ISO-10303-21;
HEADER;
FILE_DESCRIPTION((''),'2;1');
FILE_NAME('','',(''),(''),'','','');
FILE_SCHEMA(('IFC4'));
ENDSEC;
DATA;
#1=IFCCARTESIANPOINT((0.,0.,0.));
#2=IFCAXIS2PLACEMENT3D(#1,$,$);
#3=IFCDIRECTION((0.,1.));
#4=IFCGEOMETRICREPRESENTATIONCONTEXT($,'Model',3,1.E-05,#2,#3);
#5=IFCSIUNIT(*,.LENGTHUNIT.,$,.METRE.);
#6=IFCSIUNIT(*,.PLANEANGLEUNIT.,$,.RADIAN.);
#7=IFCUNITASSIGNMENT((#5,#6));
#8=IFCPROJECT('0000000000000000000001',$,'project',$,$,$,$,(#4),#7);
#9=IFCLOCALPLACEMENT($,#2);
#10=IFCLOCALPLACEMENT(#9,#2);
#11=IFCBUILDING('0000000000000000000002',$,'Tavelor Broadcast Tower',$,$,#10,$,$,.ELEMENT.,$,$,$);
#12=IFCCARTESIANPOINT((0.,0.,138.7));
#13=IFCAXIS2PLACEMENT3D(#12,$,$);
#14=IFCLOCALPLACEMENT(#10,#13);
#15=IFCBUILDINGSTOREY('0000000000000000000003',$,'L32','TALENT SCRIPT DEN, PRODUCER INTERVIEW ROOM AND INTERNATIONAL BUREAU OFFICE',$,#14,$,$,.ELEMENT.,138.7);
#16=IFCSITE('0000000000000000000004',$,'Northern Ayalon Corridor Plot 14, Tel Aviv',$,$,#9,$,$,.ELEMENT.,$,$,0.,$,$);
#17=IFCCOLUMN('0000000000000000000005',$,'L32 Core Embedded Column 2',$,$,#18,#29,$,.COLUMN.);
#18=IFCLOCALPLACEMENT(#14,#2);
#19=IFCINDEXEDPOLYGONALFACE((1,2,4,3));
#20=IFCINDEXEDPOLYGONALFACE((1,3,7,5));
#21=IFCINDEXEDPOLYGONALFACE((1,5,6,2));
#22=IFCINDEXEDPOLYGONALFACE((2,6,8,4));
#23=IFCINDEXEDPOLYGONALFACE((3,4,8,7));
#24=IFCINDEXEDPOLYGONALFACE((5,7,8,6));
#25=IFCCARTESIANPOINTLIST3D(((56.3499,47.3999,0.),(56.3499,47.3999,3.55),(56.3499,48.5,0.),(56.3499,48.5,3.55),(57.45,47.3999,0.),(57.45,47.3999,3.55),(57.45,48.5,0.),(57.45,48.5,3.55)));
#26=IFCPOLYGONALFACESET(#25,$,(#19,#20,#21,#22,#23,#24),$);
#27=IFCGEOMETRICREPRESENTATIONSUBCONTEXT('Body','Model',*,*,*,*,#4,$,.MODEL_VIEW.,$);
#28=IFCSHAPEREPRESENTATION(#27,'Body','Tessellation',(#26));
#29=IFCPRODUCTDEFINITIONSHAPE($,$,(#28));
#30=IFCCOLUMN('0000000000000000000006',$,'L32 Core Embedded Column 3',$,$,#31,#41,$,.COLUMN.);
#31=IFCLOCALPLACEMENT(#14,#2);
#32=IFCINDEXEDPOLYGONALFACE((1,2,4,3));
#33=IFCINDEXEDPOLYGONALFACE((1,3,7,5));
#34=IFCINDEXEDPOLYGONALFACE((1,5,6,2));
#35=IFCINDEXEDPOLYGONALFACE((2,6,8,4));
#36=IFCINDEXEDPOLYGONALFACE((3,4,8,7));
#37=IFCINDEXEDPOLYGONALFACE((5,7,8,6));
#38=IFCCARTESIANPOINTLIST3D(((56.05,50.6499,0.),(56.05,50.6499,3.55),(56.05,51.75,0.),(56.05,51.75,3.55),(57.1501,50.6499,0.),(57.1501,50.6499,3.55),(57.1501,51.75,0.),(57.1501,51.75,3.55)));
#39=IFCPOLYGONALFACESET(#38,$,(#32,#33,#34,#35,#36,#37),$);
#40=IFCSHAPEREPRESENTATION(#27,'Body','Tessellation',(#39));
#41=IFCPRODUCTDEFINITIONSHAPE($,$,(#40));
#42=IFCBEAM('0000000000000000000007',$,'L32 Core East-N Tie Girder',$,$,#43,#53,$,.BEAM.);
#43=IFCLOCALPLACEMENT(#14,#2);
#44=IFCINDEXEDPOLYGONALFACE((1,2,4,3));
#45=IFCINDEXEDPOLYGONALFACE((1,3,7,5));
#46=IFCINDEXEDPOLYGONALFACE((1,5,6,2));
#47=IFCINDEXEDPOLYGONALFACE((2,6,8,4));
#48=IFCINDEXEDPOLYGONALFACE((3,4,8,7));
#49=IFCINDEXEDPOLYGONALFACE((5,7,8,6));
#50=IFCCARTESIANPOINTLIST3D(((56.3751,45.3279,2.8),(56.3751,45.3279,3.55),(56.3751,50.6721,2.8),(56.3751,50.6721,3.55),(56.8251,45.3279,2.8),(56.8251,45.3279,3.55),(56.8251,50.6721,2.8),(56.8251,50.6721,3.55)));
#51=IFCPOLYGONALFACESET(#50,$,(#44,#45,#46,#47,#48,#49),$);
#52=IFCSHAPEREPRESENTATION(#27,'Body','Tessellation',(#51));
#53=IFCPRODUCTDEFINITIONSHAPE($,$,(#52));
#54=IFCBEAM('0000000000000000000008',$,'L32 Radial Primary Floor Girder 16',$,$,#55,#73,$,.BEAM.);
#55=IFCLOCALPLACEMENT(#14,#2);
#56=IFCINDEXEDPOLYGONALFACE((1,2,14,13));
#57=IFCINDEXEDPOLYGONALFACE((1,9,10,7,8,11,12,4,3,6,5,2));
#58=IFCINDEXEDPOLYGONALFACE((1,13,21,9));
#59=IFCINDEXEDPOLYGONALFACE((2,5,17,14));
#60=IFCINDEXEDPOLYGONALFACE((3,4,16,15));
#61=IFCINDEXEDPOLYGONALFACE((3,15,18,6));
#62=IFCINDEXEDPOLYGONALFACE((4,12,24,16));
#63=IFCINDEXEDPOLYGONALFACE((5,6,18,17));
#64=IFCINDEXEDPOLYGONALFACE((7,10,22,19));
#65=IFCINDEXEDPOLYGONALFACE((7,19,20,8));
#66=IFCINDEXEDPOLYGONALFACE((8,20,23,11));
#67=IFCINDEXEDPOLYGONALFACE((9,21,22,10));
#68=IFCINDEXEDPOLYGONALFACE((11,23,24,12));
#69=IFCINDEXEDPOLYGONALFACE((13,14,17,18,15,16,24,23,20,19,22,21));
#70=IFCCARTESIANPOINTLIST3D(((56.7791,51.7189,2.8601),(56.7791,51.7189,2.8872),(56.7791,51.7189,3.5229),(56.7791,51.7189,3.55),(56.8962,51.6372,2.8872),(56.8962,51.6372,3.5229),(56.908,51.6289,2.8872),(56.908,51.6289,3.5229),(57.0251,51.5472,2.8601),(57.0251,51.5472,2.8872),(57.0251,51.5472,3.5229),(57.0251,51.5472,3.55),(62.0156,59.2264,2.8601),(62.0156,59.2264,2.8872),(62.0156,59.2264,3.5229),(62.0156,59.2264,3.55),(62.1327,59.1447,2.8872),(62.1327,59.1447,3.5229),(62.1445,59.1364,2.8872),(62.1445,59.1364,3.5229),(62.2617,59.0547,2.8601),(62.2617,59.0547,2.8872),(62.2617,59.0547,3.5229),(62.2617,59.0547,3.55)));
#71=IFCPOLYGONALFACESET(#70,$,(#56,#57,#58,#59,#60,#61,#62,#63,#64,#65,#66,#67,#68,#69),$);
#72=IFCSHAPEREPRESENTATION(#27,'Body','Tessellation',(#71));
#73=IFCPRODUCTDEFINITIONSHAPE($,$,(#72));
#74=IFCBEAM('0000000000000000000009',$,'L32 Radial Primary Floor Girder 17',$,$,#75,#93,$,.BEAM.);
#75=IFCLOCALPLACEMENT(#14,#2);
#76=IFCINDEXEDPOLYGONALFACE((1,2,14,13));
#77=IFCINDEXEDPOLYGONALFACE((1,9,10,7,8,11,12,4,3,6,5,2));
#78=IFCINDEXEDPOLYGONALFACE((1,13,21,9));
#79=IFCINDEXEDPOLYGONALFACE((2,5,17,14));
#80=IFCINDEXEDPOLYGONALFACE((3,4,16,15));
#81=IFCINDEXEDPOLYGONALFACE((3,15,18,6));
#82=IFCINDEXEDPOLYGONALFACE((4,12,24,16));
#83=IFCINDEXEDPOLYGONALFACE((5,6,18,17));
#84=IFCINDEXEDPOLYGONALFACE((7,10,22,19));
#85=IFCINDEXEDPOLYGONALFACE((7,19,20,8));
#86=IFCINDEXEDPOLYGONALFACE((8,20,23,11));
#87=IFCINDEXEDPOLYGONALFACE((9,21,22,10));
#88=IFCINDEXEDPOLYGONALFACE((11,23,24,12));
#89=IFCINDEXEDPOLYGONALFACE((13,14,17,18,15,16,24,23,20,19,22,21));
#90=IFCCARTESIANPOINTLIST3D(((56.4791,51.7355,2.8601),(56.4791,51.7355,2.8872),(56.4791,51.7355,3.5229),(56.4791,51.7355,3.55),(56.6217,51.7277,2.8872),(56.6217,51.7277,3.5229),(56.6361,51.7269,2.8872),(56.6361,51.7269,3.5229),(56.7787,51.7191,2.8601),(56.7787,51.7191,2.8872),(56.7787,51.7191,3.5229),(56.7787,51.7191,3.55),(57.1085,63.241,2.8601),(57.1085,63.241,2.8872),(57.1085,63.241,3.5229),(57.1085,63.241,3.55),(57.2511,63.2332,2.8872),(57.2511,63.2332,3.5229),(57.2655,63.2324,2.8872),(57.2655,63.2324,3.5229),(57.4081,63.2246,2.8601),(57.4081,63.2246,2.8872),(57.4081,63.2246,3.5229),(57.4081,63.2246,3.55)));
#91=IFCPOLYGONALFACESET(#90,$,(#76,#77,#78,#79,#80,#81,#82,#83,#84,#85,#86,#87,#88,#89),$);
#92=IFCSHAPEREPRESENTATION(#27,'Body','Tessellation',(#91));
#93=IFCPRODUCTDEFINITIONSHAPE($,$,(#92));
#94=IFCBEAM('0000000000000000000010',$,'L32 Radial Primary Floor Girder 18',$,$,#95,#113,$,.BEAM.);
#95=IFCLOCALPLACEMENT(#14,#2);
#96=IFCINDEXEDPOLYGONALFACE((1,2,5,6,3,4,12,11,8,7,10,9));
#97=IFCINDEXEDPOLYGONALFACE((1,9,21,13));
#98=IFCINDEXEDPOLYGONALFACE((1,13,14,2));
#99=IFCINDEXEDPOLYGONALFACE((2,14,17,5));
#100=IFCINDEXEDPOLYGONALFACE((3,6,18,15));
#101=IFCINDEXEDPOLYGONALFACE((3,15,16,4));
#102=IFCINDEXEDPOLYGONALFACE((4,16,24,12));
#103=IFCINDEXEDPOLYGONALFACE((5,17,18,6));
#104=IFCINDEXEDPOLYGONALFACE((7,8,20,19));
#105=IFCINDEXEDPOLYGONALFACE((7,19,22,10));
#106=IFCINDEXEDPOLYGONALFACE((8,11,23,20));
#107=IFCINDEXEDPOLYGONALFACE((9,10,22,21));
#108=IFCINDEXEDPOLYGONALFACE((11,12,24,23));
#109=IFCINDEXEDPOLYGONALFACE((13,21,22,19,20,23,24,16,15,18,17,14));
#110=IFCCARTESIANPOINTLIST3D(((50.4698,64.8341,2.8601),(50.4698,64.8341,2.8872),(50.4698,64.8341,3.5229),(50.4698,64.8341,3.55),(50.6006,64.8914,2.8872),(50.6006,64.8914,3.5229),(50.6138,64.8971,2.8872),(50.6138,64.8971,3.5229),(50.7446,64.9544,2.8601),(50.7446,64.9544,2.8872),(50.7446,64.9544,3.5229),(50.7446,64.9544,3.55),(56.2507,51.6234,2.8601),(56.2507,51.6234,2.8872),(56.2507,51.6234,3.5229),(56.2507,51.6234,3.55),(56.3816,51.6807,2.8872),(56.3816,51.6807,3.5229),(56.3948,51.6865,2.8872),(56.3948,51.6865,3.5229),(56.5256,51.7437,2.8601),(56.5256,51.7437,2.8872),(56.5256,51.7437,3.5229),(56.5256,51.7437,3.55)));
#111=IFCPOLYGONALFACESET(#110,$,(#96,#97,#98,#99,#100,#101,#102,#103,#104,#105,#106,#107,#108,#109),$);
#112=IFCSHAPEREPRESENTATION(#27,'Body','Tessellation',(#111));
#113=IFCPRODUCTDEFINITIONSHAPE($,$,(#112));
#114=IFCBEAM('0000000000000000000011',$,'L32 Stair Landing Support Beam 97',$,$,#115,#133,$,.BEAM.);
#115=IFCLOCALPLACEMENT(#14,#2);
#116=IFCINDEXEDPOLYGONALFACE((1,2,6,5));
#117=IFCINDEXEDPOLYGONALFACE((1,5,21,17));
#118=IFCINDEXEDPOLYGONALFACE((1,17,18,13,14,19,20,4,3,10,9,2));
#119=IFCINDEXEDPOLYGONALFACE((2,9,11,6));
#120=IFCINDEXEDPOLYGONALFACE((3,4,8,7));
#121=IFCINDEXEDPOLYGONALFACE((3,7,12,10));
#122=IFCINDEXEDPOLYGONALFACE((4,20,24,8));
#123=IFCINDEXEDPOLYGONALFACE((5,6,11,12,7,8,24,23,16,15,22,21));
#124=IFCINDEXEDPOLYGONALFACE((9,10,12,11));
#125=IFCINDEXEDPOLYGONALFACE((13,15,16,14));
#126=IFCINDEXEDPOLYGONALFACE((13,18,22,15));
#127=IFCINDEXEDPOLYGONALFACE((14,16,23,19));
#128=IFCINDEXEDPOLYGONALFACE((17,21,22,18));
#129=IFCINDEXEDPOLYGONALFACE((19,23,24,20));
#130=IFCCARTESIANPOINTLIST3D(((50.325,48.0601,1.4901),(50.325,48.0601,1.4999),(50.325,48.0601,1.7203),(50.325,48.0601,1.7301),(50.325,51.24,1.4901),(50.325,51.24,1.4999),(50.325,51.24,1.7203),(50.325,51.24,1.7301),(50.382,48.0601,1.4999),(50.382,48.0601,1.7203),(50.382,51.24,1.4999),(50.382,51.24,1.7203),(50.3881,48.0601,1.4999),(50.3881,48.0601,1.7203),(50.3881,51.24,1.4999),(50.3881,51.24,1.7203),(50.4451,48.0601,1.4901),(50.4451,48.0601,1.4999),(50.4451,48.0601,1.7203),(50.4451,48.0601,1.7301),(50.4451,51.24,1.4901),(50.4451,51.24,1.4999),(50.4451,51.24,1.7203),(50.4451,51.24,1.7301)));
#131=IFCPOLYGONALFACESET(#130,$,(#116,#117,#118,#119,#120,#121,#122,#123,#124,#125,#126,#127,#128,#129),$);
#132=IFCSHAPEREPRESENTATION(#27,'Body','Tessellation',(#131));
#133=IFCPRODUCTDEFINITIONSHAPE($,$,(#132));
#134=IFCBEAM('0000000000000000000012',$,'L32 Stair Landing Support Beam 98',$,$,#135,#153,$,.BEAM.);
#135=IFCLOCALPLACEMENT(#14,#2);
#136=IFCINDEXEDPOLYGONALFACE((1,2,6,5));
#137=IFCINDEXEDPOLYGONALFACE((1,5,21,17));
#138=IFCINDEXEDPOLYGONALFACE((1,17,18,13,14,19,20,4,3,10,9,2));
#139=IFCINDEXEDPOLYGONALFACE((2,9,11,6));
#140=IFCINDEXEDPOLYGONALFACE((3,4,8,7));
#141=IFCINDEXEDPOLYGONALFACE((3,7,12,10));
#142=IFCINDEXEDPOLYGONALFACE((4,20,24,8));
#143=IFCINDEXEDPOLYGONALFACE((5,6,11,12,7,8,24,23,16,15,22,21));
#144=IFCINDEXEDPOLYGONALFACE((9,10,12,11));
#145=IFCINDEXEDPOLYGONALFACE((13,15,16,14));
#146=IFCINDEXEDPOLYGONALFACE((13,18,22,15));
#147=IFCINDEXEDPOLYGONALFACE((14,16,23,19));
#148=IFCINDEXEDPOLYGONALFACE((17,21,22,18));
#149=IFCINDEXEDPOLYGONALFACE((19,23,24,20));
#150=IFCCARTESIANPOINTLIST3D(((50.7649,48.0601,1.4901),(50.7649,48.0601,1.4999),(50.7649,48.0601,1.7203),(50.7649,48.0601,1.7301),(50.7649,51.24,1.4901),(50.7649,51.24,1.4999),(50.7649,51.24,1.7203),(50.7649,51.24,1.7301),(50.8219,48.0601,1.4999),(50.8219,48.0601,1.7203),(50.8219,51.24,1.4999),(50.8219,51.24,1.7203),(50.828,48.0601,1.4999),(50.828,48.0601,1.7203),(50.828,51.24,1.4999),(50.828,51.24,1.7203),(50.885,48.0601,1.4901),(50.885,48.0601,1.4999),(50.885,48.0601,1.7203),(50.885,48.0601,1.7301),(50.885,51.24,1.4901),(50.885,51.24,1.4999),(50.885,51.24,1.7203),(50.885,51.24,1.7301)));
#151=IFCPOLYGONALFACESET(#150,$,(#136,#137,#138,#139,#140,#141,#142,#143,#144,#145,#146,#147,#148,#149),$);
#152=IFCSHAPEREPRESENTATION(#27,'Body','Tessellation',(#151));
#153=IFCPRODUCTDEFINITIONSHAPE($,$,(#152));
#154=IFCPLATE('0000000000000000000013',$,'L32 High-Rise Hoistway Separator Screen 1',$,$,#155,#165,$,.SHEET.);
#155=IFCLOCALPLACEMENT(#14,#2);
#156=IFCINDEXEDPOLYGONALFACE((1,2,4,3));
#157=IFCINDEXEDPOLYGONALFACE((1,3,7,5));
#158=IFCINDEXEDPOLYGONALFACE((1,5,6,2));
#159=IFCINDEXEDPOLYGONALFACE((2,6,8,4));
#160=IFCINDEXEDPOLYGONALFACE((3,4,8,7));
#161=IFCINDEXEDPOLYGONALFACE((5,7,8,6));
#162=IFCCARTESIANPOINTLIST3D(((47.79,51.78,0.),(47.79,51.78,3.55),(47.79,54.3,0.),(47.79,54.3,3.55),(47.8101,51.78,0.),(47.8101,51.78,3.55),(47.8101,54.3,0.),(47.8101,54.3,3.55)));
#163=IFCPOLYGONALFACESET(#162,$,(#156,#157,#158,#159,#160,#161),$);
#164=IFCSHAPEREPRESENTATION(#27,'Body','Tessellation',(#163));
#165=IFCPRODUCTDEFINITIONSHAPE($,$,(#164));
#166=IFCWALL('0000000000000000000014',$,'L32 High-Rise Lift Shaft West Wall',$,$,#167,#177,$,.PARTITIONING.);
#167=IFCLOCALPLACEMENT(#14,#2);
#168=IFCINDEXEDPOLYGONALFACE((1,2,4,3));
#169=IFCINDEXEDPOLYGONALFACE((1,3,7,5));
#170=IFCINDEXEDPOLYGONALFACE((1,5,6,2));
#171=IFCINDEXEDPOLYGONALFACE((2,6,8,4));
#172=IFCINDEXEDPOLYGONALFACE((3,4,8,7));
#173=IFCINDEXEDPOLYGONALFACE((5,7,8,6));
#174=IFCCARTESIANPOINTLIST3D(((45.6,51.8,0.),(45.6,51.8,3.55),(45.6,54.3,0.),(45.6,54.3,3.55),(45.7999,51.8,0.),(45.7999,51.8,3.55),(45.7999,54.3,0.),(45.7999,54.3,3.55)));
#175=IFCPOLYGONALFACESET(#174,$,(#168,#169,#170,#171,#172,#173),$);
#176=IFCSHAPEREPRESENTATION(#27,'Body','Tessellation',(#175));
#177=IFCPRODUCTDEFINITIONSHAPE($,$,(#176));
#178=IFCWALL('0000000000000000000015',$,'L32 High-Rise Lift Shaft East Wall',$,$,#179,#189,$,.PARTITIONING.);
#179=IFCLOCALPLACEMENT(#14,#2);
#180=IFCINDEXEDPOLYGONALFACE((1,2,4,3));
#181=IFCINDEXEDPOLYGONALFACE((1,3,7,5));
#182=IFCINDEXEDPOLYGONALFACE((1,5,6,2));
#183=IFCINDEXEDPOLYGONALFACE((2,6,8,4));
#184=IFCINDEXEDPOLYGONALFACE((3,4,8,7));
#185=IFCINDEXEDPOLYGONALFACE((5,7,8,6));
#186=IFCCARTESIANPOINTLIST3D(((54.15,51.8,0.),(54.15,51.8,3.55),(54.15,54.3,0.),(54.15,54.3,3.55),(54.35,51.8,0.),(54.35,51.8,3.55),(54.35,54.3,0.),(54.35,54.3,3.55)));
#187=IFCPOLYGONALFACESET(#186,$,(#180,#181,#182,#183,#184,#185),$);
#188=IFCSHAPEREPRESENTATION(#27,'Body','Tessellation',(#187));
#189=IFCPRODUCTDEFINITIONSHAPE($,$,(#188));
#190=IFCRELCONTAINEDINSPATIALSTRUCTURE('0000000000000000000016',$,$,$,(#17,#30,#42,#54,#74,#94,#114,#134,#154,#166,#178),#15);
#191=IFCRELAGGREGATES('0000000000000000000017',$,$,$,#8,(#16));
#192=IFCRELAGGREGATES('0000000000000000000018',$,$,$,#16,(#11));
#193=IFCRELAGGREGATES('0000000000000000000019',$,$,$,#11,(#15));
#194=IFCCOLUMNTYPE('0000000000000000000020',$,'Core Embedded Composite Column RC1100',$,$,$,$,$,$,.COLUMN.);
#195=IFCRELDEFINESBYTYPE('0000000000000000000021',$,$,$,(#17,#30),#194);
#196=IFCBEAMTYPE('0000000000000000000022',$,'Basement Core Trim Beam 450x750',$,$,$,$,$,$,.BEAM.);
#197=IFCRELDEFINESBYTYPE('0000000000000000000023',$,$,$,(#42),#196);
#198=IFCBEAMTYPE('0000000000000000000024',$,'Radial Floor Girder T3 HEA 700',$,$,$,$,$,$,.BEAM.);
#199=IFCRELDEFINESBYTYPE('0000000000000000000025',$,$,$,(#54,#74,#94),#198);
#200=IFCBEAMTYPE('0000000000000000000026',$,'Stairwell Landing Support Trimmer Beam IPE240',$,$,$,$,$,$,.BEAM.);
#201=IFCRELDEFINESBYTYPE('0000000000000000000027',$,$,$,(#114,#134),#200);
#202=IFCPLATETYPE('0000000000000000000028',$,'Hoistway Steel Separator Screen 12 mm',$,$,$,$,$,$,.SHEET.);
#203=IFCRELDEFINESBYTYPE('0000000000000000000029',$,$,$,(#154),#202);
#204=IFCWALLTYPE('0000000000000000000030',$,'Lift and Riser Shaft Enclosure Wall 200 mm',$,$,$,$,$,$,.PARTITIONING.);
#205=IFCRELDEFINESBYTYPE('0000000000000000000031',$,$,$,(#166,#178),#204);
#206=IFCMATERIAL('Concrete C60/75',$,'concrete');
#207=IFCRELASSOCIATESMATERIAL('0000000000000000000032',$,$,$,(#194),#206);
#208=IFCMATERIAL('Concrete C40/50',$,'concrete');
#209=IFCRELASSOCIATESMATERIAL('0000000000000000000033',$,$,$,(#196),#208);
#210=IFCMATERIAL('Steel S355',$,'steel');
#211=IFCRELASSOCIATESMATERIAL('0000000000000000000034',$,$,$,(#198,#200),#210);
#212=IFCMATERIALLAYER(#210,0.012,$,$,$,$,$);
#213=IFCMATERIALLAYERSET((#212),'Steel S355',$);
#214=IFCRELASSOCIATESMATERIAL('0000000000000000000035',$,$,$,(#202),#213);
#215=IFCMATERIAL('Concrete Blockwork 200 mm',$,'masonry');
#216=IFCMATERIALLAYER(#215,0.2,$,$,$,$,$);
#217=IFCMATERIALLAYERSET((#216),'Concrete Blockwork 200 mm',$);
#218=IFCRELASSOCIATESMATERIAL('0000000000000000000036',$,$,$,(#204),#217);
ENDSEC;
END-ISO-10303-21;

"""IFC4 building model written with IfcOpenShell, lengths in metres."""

from ifc_helpers import new_model, si_unit, direction, frame, frame_2d, origin, origin_2d, place, context, subcontext, project, spatial, rectangle, i_section, extrude, source, transform, mapped, material, layer, layer_set, material_profile, profile_set, type_object, type_shapes, element, save


model = new_model("IFC4")

# Units and contexts
model_context = context("Model", 3, precision=1e-05, world=origin(), true_north=direction((0.0, 1.0)))
body_context = subcontext(model_context, "Body", "Model", "MODEL_VIEW")
ifc_project = project(units=[si_unit("LENGTHUNIT", "METRE"), si_unit("PLANEANGLEUNIT", "RADIAN")], contexts=[model_context])

# Site, building, storey
site_placement = place(None, origin())
site = spatial("IfcSite", under=ifc_project, at=site_placement, Name="Northern Ayalon Corridor Plot 14, Tel Aviv", CompositionType="ELEMENT", RefElevation=0.0)
building_placement = place(site_placement, origin())
building = spatial("IfcBuilding", under=site, at=building_placement, Name="Tavelor Broadcast Tower", CompositionType="ELEMENT")
storey_placement = place(building_placement, frame((0.0, 0.0, 138.7)))
storey = spatial("IfcBuildingStorey", under=building, at=storey_placement, Name="L32", Description="TALENT SCRIPT DEN, PRODUCER INTERVIEW ROOM AND INTERNATIONAL BUREAU OFFICE", CompositionType="ELEMENT", Elevation=138.7)

# Columns
ifc_material_1 = material(Name="Concrete C60/75", Category="concrete")
ifc_material_profile_1 = material_profile(ifc_material_1, rectangle(XDim=1.1001, YDim=1.1001, at=origin_2d()), Name="RC 1100x1100")
ifc_profile_set_1 = profile_set([ifc_material_profile_1], Name="Concrete C60/75")
column_type = type_object("IfcColumnType", Name="Core Embedded Composite Column RC1100", PredefinedType="COLUMN", material=ifc_profile_set_1)
for number, where, z_axis, x_axis, name in (
    (1, (56.8999, 47.95, 0.0), (0.0, 0.0, 1.0), (1.0, 0.0, 0.0), "L32 Core Embedded Column 2"),
    (2, (56.6001, 51.2, 0.0), (0.0, 0.0, 1.0), (1.0, 0.0, 0.0), "L32 Core Embedded Column 3"),
):
    element("IfcColumn", number, at=place(storey_placement, frame(where, z_axis=z_axis, x_axis=x_axis)), inside=storey, type_object=column_type, Name=name, PredefinedType="COLUMN", context=body_context, shape_type="SweptSolid", body=[
        extrude(rectangle(XDim=1.1001, YDim=1.1001, at=origin_2d()), origin(), (0.0, 0.0, 1.0), 3.55),
    ])

# Beams
ifc_material_2 = material(Name="Concrete C40/50", Category="concrete")
ifc_material_profile_2 = material_profile(ifc_material_2, rectangle(XDim=0.45, YDim=0.75, at=origin_2d()), Name="RC 450x750")
ifc_profile_set_2 = profile_set([ifc_material_profile_2], Name="Concrete C40/50")
beam_type_1 = type_object("IfcBeamType", Name="Basement Core Trim Beam 450x750", PredefinedType="BEAM", material=ifc_profile_set_2)
beam_1_placement = place(storey_placement, frame((56.6001, 45.3279, 3.175), z_axis=(0.0, 1.0, 0.0), x_axis=(-1.0, 0.0, 0.0)))
element("IfcBeam", 3, at=beam_1_placement, inside=storey, type_object=beam_type_1, Name="L32 Core East-N Tie Girder", PredefinedType="BEAM", context=body_context, shape_type="SweptSolid", body=[
    extrude(rectangle(XDim=0.45, YDim=0.75, at=origin_2d()), origin(), (0.0, 0.0, 1.0), 5.3442),
])
ifc_material_3 = material(Name="Steel S355", Category="steel")
ifc_material_profile_3 = material_profile(ifc_material_3, i_section(OverallWidth=0.3, OverallDepth=0.6899, WebThickness=0.0144, FlangeThickness=0.0271, at=origin_2d()), Name="HEA 700")
ifc_profile_set_3 = profile_set([ifc_material_profile_3], Name="Steel S355")
beam_type_2 = type_object("IfcBeamType", Name="Radial Floor Girder T3 HEA 700", PredefinedType="BEAM", material=ifc_profile_set_3)
beam_2_placement = place(storey_placement, frame((56.9021, 51.6331, 3.2051), z_axis=(0.572089, 0.820192, 0.0), x_axis=(-0.820192, 0.572089, 0.0)))
element("IfcBeam", 4, at=beam_2_placement, inside=storey, type_object=beam_type_2, Name="L32 Radial Primary Floor Girder 16", PredefinedType="BEAM", context=body_context, shape_type="SweptSolid", body=[
    extrude(i_section(OverallWidth=0.3, OverallDepth=0.6899, WebThickness=0.0144, FlangeThickness=0.0271, at=origin_2d()), origin(), (0.0, 0.0, 1.0), 9.1533),
])
beam_3_placement = place(storey_placement, frame((56.6289, 51.7273, 3.2051), z_axis=(0.054622, 0.998507, 0.0), x_axis=(-0.998507, 0.054622, 0.0)))
element("IfcBeam", 5, at=beam_3_placement, inside=storey, type_object=beam_type_2, Name="L32 Radial Primary Floor Girder 17", PredefinedType="BEAM", context=body_context, shape_type="SweptSolid", body=[
    extrude(i_section(OverallWidth=0.3, OverallDepth=0.6899, WebThickness=0.0144, FlangeThickness=0.0271, at=origin_2d()), origin(), (0.0, 0.0, 1.0), 11.5227),
])
beam_4_placement = place(storey_placement, frame((56.3882, 51.6836, 3.2051), z_axis=(-0.400896, 0.916124, 0.0), x_axis=(-0.916124, -0.400896, 0.0)))
element("IfcBeam", 6, at=beam_4_placement, inside=storey, type_object=beam_type_2, Name="L32 Radial Primary Floor Girder 18", PredefinedType="BEAM", context=body_context, shape_type="SweptSolid", body=[
    extrude(i_section(OverallWidth=0.3, OverallDepth=0.6899, WebThickness=0.0144, FlangeThickness=0.0271, at=origin_2d()), origin(), (0.0, 0.0, 1.0), 14.4202),
])
ifc_material_profile_4 = material_profile(ifc_material_3, i_section(OverallWidth=0.1201, OverallDepth=0.24, WebThickness=0.0061, FlangeThickness=0.0098, at=origin_2d()), Name="IPE 240")
ifc_profile_set_4 = profile_set([ifc_material_profile_4], Name="Steel S355")
beam_type_3 = type_object("IfcBeamType", Name="Stairwell Landing Support Trimmer Beam IPE240", PredefinedType="BEAM", material=ifc_profile_set_4)
for number, where, z_axis, x_axis, name in (
    (7, (50.385, 48.0601, 1.6101), (0.0, 1.0, 0.0), (-1.0, 0.0, 0.0), "L32 Stair Landing Support Beam 97"),
    (8, (50.825, 48.0601, 1.6101), (0.0, 1.0, 0.0), (-1.0, 0.0, 0.0), "L32 Stair Landing Support Beam 98"),
):
    element("IfcBeam", number, at=place(storey_placement, frame(where, z_axis=z_axis, x_axis=x_axis)), inside=storey, type_object=beam_type_3, Name=name, PredefinedType="BEAM", context=body_context, shape_type="SweptSolid", body=[
        extrude(i_section(OverallWidth=0.1201, OverallDepth=0.24, WebThickness=0.0061, FlangeThickness=0.0098, at=origin_2d()), origin(), (0.0, 0.0, 1.0), 3.1799),
    ])

# Plate
ifc_layer_1 = layer(ifc_material_3, 0.012)
ifc_layer_set_1 = layer_set([ifc_layer_1], Name="Steel S355")
plate_type = type_object("IfcPlateType", Name="Hoistway Steel Separator Screen 12 mm", PredefinedType="SHEET", material=ifc_layer_set_1)
shared_shape = source(origin(), body_context, "Body", "SweptSolid", [
    extrude(rectangle(XDim=0.02, YDim=2.52, at=origin_2d()), origin(), (0.0, 0.0, 1.0), 3.55),
])
type_shapes(plate_type, [shared_shape])
plate_placement = place(storey_placement, frame((47.8, 53.04, 0.0), z_axis=(0.0, 0.0, 1.0), x_axis=(1.0, 0.0, 0.0)))
element("IfcPlate", 9, at=plate_placement, inside=storey, type_object=plate_type, Name="L32 High-Rise Hoistway Separator Screen 1", PredefinedType="SHEET", context=body_context, shape_type="MappedRepresentation", body=[
    mapped(shared_shape, transform((0.0, 0.0, 0.0), scale=1.0)),
])

# Walls
ifc_material_4 = material(Name="Concrete Blockwork 200 mm", Category="masonry")
ifc_layer_2 = layer(ifc_material_4, 0.2)
ifc_layer_set_2 = layer_set([ifc_layer_2], Name="Concrete Blockwork 200 mm")
wall_type_1 = type_object("IfcWallType", Name="Lift and Riser Shaft Enclosure Wall 200 mm", PredefinedType="PARTITIONING", material=ifc_layer_set_2)
for number, where, z_axis, x_axis, name in (
    (10, (45.7, 51.8, 0.0), (0.0, 0.0, 1.0), (0.0, 1.0, 0.0), "L32 High-Rise Lift Shaft West Wall"),
    (11, (54.25, 51.8, 0.0), (0.0, 0.0, 1.0), (0.0, 1.0, 0.0), "L32 High-Rise Lift Shaft East Wall"),
):
    element("IfcWall", number, at=place(storey_placement, frame(where, z_axis=z_axis, x_axis=x_axis)), inside=storey, type_object=wall_type_1, Name=name, PredefinedType="PARTITIONING", context=body_context, shape_type="SweptSolid", body=[
        extrude(rectangle(XDim=2.5, YDim=0.2, at=frame_2d((1.25, 0.0))), origin(), (0.0, 0.0, 1.0), 3.55),
    ])

save(model, "model.ifc")
